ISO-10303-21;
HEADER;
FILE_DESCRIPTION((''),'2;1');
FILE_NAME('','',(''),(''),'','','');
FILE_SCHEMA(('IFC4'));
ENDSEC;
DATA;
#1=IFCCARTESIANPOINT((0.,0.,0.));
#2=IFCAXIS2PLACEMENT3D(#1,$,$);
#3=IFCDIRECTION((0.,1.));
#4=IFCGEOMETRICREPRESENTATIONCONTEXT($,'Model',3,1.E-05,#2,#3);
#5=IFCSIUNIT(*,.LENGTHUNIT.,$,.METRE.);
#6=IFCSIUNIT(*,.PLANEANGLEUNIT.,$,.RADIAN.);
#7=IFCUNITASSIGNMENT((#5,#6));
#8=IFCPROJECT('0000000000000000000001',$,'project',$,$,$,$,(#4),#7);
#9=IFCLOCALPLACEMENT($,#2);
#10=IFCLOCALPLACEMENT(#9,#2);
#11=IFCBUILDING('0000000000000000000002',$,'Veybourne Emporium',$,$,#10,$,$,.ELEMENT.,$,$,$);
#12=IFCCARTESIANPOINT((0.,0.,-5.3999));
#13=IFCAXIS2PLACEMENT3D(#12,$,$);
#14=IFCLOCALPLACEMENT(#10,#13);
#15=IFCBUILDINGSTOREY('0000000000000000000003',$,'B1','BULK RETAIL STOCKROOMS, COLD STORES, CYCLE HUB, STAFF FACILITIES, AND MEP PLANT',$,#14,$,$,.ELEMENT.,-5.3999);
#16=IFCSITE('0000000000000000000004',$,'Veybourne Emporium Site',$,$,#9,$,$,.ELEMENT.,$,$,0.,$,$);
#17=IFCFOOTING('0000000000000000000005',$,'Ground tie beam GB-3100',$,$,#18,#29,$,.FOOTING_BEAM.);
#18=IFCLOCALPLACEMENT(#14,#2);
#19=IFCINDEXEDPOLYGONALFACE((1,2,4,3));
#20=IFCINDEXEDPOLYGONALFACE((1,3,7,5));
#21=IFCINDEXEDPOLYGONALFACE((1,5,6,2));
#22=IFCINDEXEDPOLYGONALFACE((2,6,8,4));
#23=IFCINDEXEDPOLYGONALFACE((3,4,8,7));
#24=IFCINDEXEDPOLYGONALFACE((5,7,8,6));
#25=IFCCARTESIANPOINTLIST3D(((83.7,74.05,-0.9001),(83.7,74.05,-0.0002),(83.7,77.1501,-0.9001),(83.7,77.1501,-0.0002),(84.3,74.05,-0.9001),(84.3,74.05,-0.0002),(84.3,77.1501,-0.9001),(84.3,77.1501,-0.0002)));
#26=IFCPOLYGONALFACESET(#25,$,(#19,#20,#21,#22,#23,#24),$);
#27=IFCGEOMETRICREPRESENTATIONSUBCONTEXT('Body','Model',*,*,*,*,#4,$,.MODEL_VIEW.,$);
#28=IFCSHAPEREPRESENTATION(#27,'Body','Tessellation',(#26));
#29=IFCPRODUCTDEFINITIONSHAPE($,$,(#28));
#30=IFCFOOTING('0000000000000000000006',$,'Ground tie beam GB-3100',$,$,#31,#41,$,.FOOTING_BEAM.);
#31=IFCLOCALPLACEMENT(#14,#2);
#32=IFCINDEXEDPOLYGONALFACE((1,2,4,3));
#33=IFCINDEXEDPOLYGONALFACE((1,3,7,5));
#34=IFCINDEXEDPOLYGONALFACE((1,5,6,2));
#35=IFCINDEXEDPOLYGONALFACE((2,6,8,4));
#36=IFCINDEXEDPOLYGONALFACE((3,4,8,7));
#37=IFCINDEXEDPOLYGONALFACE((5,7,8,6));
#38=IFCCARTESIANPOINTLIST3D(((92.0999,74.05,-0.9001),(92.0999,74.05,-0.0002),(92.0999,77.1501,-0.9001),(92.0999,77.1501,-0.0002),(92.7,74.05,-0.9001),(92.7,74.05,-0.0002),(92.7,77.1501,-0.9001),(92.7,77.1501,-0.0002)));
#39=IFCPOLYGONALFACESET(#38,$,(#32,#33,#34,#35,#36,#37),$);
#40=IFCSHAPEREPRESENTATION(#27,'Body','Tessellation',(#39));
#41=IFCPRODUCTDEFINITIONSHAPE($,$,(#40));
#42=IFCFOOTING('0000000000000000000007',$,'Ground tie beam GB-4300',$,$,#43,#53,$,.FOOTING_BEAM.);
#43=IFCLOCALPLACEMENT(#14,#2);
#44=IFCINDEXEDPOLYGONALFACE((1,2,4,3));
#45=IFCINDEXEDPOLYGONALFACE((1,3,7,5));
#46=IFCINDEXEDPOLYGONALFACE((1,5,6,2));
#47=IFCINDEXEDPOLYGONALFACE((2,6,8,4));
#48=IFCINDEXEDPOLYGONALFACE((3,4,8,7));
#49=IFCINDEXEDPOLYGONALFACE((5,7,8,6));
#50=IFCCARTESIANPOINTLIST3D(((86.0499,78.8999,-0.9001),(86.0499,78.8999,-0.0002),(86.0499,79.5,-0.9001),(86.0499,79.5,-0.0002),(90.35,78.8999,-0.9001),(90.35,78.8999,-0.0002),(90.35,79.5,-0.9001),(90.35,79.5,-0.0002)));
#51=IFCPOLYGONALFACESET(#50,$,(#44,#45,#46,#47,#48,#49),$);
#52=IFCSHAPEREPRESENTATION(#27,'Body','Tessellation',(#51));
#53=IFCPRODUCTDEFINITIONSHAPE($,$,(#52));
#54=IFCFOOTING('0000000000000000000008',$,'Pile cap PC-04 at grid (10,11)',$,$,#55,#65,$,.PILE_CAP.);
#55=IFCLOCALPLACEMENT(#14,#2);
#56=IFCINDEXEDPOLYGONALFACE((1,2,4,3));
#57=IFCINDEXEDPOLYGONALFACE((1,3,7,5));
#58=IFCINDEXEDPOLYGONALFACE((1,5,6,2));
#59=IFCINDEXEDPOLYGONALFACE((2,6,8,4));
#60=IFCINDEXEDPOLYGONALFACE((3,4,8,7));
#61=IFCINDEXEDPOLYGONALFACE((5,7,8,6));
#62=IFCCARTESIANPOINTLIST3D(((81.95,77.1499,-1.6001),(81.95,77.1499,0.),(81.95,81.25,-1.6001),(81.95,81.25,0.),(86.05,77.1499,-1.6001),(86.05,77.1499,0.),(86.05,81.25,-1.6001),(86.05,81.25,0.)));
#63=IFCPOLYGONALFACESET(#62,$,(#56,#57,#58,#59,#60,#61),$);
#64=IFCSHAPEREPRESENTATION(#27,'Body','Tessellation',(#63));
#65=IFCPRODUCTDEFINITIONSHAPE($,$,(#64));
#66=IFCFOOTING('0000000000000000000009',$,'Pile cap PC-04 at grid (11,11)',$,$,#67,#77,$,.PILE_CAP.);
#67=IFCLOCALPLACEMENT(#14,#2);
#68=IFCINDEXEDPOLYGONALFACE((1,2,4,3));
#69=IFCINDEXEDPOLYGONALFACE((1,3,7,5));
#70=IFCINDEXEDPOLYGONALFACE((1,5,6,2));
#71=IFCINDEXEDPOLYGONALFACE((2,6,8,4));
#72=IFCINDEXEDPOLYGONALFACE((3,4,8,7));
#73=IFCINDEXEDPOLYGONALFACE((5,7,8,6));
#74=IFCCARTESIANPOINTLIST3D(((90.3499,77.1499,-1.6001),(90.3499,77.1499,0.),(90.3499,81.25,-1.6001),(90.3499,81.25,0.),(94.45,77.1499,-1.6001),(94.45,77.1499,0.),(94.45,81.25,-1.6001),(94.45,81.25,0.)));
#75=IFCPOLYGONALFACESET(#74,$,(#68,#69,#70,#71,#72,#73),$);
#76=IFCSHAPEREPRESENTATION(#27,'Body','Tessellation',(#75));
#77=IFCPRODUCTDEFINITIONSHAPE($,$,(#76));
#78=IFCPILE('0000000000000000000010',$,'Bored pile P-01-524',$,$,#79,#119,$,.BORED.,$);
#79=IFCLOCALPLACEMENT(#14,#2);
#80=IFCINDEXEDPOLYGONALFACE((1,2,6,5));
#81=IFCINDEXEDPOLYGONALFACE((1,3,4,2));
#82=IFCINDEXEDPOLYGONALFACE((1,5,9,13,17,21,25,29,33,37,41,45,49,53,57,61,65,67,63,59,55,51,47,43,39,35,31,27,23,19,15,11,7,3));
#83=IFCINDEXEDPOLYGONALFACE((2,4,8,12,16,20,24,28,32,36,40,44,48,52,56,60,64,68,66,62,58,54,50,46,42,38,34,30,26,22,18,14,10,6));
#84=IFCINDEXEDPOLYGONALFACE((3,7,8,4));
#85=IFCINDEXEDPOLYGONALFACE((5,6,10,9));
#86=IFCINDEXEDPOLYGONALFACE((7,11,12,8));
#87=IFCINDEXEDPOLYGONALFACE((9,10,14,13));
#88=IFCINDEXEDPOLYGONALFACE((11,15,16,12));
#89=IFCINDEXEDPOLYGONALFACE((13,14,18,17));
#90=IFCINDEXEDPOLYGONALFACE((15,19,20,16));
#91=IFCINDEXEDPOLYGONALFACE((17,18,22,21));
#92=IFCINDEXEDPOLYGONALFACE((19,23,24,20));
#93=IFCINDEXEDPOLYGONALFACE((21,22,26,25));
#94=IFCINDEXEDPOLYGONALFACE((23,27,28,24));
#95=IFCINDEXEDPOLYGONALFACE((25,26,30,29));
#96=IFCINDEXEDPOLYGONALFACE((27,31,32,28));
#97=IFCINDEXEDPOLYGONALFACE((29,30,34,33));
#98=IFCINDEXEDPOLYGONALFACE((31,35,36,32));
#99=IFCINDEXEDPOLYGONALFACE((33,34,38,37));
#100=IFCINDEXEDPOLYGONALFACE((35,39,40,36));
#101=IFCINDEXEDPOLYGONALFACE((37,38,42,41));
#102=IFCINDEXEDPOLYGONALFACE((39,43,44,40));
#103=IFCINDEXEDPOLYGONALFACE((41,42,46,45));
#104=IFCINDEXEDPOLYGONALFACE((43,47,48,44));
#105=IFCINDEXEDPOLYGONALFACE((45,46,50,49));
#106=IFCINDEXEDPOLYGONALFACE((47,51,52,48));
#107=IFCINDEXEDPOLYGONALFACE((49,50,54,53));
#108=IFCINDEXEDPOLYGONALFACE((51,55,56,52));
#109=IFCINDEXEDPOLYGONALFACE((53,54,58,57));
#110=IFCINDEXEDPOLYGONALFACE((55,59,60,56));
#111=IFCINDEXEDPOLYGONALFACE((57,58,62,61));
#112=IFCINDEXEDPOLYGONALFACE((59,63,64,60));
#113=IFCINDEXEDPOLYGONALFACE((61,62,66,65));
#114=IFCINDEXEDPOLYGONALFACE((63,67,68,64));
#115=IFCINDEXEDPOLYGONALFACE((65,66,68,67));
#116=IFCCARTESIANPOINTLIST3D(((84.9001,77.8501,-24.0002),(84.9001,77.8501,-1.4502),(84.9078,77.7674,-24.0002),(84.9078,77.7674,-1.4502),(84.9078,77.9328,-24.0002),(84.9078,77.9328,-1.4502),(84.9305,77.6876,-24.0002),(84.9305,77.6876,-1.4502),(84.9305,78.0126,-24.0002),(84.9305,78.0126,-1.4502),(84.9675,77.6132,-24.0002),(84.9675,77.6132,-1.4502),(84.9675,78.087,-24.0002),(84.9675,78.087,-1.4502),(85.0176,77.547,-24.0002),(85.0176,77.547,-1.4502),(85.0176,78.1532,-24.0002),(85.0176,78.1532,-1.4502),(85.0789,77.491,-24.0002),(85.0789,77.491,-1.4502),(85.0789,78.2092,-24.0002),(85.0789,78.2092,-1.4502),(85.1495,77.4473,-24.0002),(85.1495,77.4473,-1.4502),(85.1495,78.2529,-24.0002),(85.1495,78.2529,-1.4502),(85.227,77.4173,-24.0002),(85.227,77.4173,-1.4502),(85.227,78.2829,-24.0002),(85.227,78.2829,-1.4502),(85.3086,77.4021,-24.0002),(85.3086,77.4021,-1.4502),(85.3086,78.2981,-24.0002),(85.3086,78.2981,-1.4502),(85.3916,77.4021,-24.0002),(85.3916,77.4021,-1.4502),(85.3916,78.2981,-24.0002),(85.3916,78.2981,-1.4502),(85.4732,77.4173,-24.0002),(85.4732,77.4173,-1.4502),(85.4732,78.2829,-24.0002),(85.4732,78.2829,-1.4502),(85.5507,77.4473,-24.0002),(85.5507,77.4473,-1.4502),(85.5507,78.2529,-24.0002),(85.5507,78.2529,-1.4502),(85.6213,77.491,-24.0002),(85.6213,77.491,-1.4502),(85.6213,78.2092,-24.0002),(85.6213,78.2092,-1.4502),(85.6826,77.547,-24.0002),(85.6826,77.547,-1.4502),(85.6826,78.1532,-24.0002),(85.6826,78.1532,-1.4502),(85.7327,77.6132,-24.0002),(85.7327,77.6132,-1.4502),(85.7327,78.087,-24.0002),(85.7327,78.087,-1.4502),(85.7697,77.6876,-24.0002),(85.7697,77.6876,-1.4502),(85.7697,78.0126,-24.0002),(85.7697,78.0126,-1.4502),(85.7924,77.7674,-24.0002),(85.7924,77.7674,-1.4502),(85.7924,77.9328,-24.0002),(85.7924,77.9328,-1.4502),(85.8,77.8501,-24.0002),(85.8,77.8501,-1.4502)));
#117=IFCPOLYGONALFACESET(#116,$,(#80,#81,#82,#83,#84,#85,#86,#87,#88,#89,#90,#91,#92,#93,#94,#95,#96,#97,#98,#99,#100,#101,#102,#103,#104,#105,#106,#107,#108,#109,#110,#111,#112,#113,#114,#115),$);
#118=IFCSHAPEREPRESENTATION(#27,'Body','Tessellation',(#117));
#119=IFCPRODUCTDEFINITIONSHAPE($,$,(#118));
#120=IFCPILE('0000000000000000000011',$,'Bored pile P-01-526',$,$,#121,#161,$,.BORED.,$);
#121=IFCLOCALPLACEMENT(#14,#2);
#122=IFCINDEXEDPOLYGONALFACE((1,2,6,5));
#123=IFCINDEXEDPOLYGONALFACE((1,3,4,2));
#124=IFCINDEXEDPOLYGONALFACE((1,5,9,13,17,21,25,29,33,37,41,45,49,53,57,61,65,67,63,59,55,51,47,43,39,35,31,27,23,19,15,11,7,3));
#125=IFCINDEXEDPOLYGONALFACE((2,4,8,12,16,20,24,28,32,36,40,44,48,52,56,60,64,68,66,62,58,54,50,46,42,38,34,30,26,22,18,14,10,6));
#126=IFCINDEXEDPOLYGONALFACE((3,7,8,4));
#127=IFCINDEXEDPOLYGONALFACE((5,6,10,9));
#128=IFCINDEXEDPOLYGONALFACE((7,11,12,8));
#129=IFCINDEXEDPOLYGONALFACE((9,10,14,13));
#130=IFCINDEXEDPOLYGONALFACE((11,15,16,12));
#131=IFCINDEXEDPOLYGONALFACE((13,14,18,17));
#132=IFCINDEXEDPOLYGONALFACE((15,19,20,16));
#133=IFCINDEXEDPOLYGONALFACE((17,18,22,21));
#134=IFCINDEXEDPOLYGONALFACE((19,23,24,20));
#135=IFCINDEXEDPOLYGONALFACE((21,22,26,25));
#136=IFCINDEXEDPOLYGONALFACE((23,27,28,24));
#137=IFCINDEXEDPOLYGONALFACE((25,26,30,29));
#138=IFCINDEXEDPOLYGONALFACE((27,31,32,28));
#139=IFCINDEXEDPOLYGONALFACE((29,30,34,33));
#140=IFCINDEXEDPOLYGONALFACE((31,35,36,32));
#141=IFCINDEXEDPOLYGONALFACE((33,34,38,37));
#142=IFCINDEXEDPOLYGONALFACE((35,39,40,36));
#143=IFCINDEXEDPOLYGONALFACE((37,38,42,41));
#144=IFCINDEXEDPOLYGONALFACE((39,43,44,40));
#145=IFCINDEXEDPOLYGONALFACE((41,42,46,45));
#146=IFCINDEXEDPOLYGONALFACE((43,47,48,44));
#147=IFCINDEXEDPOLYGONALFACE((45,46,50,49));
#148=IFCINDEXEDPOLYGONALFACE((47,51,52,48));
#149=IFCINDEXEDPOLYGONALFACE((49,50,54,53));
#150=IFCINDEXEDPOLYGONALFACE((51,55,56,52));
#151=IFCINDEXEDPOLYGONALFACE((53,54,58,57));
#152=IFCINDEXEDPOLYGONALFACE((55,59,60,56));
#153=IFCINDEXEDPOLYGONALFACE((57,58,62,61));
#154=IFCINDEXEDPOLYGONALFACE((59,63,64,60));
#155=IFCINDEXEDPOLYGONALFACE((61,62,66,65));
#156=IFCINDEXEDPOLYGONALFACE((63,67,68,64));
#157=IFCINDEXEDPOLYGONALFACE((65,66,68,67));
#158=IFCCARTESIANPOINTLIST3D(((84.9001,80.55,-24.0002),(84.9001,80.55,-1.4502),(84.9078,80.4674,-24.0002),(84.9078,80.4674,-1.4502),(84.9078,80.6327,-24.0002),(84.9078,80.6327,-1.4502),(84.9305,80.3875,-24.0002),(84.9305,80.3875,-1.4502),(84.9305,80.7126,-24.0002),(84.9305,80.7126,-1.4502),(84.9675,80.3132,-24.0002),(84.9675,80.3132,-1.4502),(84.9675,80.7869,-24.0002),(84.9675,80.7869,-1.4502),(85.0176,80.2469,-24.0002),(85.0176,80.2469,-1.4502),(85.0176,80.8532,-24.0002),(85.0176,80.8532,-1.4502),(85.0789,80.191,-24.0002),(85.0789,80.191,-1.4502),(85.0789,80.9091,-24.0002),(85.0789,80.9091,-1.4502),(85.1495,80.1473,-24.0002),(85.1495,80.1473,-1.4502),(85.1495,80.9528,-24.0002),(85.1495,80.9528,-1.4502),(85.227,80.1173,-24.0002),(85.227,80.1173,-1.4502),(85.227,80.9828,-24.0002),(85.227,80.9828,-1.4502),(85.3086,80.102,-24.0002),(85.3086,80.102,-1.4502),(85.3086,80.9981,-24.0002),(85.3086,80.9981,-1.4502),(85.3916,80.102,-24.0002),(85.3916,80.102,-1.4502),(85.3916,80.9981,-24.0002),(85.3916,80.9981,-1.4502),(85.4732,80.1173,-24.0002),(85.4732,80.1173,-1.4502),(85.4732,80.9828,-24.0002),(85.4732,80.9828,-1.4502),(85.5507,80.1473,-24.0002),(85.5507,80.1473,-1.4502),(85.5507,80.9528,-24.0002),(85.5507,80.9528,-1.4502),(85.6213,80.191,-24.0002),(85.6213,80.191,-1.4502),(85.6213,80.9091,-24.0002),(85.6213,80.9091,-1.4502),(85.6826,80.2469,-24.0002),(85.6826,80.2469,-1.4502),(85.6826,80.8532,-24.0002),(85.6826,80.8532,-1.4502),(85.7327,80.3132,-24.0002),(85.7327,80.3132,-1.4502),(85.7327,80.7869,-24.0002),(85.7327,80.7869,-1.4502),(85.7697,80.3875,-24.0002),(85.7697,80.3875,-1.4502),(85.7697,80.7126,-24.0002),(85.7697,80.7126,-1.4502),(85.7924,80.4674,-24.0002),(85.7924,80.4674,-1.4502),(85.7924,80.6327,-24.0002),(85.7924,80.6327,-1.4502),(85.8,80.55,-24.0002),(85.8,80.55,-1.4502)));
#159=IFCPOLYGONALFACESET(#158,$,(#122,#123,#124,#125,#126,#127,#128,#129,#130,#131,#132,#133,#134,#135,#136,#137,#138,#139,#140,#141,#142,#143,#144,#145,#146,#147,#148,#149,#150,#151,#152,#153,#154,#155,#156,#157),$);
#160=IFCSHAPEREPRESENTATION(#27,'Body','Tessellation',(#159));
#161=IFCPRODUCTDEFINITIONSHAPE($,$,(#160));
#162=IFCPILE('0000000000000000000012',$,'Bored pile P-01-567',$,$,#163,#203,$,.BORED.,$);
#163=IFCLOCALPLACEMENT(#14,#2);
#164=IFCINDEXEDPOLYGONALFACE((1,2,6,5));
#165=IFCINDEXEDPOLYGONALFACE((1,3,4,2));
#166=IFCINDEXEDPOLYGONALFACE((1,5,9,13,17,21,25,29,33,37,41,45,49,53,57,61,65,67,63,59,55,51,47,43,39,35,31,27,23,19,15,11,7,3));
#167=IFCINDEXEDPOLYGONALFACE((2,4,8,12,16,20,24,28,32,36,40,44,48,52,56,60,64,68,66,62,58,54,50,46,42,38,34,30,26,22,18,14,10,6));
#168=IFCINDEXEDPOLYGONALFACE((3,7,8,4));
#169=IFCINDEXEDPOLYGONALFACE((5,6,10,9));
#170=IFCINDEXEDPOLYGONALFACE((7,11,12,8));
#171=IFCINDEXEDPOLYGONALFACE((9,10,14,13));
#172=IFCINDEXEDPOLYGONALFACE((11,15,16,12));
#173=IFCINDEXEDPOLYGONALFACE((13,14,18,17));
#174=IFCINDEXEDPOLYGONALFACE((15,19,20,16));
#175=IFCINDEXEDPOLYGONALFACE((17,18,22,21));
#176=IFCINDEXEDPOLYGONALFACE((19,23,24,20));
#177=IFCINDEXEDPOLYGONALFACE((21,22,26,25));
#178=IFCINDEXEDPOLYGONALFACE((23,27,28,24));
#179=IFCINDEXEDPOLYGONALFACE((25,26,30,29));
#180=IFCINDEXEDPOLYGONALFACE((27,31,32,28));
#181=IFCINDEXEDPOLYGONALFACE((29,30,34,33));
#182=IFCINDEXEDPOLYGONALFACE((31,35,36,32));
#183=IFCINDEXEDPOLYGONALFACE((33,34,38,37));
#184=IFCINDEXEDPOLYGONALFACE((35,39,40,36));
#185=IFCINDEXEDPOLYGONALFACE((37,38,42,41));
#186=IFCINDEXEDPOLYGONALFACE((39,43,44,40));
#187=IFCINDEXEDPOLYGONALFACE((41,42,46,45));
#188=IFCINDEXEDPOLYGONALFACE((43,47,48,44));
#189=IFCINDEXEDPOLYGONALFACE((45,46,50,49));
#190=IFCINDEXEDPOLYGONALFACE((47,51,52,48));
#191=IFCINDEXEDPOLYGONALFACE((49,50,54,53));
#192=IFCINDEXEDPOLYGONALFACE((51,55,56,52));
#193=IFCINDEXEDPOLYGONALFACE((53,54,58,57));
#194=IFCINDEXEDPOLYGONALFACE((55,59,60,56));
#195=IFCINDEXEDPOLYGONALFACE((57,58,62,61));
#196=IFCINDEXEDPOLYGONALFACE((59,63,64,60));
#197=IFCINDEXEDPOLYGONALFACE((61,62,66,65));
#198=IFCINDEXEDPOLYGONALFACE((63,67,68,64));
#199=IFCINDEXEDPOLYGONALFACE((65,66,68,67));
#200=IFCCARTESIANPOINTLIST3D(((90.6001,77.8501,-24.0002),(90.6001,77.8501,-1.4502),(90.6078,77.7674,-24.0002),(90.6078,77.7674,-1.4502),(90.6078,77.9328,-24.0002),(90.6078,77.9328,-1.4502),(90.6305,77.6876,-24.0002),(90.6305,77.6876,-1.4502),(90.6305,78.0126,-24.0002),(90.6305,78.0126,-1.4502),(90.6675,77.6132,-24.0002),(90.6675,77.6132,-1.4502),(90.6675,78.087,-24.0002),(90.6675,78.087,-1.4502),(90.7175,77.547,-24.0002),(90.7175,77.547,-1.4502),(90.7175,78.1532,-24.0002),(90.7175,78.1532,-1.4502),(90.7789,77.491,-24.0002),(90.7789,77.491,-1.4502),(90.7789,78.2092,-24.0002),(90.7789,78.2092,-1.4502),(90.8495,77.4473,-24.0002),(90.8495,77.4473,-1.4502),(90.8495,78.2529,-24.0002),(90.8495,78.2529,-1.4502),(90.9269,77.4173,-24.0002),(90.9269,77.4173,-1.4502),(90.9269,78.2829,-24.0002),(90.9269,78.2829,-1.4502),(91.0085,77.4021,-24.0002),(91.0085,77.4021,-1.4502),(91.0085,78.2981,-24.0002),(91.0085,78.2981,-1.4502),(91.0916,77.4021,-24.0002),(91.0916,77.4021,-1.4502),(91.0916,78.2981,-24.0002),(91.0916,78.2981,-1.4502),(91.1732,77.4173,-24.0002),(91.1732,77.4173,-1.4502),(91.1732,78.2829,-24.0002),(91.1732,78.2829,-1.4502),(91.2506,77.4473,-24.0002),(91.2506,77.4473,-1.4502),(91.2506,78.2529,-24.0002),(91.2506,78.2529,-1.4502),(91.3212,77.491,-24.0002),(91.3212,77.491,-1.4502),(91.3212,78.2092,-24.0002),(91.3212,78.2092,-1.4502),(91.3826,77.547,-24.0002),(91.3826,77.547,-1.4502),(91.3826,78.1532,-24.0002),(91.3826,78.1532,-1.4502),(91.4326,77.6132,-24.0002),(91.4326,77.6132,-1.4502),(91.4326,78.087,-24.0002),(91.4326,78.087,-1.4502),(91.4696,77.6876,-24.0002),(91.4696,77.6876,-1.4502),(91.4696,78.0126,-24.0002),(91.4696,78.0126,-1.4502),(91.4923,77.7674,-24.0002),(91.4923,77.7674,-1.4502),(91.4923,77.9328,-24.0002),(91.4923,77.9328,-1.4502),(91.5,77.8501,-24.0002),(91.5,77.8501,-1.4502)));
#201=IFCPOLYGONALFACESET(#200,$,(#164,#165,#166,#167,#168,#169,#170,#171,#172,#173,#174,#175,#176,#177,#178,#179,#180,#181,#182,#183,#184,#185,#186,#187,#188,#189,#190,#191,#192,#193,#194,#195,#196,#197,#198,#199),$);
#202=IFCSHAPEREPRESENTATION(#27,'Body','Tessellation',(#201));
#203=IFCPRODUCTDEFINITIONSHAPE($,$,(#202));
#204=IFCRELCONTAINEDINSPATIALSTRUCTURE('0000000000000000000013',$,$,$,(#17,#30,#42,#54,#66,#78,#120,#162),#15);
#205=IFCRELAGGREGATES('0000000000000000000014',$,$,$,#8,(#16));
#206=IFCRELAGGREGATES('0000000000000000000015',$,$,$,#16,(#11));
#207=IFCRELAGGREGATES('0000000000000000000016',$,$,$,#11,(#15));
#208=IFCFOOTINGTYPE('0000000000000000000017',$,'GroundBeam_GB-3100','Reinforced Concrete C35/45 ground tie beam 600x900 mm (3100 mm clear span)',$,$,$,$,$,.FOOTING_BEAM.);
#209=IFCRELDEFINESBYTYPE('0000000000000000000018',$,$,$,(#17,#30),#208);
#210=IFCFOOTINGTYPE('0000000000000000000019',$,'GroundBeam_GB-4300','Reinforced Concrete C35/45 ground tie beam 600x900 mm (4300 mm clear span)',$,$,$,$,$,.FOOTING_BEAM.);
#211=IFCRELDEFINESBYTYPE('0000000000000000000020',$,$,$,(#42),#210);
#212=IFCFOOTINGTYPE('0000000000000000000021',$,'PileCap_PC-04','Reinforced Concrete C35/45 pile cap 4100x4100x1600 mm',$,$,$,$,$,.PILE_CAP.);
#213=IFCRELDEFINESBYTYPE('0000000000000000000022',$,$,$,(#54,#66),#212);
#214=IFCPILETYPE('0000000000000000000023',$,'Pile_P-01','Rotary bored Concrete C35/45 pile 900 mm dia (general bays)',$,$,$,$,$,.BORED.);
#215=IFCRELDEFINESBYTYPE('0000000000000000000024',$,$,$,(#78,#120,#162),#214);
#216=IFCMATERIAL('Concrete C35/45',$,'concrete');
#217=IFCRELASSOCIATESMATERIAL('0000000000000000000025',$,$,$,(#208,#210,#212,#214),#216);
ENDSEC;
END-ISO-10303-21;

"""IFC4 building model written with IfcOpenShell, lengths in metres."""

from ifc_helpers import new_model, si_unit, direction, frame, origin, origin_2d, place, context, subcontext, project, spatial, rectangle, circle, extrude, material, material_profile, profile_set, type_object, element, save


model = new_model("IFC4")

# Units and contexts
model_context = context("Model", 3, precision=1e-05, world=origin(), true_north=direction((0.0, 1.0)))
body_context = subcontext(model_context, "Body", "Model", "MODEL_VIEW")
ifc_project = project(units=[si_unit("LENGTHUNIT", "METRE"), si_unit("PLANEANGLEUNIT", "RADIAN")], contexts=[model_context])

# Site, building, storey
site_placement = place(None, origin())
site = spatial("IfcSite", under=ifc_project, at=site_placement, Name="Veybourne Emporium Site", CompositionType="ELEMENT", RefElevation=0.0)
building_placement = place(site_placement, origin())
building = spatial("IfcBuilding", under=site, at=building_placement, Name="Veybourne Emporium", CompositionType="ELEMENT")
storey_placement = place(building_placement, frame((0.0, 0.0, -5.3999)))
storey = spatial("IfcBuildingStorey", under=building, at=storey_placement, Name="B1", Description="BULK RETAIL STOCKROOMS, COLD STORES, CYCLE HUB, STAFF FACILITIES, AND MEP PLANT", CompositionType="ELEMENT", Elevation=-5.3999)

# Footings
ifc_material_1 = material(Name="Concrete C35/45", Category="concrete")
footing_type_1 = type_object("IfcFootingType", Name="GroundBeam_GB-3100", Description="Reinforced Concrete C35/45 ground tie beam 600x900 mm (3100 mm clear span)", PredefinedType="FOOTING_BEAM", material=ifc_material_1)
for number, where, z_axis, x_axis, name in (
    (1, (84.0, 75.6001, -0.9001), (0.0, 0.0, 1.0), (0.0, 1.0, 0.0), "Ground tie beam GB-3100"),
    (2, (92.3999, 75.6001, -0.9001), (0.0, 0.0, 1.0), (0.0, 1.0, 0.0), "Ground tie beam GB-3100"),
):
    element("IfcFooting", number, at=place(storey_placement, frame(where, z_axis=z_axis, x_axis=x_axis)), inside=storey, type_object=footing_type_1, Name=name, PredefinedType="FOOTING_BEAM", context=body_context, shape_type="SweptSolid", body=[
        extrude(rectangle(XDim=3.1001, YDim=0.6001, at=origin_2d()), origin(), (0.0, 0.0, 1.0), 0.8999),
    ])
footing_type_2 = type_object("IfcFootingType", Name="GroundBeam_GB-4300", Description="Reinforced Concrete C35/45 ground tie beam 600x900 mm (4300 mm clear span)", PredefinedType="FOOTING_BEAM", material=ifc_material_1)
footing_placement = place(storey_placement, frame((88.2, 79.2, -0.9001), z_axis=(0.0, 0.0, 1.0), x_axis=(1.0, 0.0, 0.0)))
element("IfcFooting", 3, at=footing_placement, inside=storey, type_object=footing_type_2, Name="Ground tie beam GB-4300", PredefinedType="FOOTING_BEAM", context=body_context, shape_type="SweptSolid", body=[
    extrude(rectangle(XDim=4.3, YDim=0.6001, at=origin_2d()), origin(), (0.0, 0.0, 1.0), 0.8999),
])
footing_type_3 = type_object("IfcFootingType", Name="PileCap_PC-04", Description="Reinforced Concrete C35/45 pile cap 4100x4100x1600 mm", PredefinedType="PILE_CAP", material=ifc_material_1)
for number, where, z_axis, x_axis, name in (
    (4, (84.0, 79.2, -1.6001), (0.0, 0.0, 1.0), (1.0, 0.0, 0.0), "Pile cap PC-04 at grid (10,11)"),
    (5, (92.3999, 79.2, -1.6001), (0.0, 0.0, 1.0), (1.0, 0.0, 0.0), "Pile cap PC-04 at grid (11,11)"),
):
    element("IfcFooting", number, at=place(storey_placement, frame(where, z_axis=z_axis, x_axis=x_axis)), inside=storey, type_object=footing_type_3, Name=name, PredefinedType="PILE_CAP", context=body_context, shape_type="SweptSolid", body=[
        extrude(rectangle(XDim=4.1001, YDim=4.1001, at=origin_2d()), origin(), (0.0, 0.0, 1.0), 1.6001),
    ])

# Piles
ifc_material_profile_1 = material_profile(ifc_material_1, circle(Radius=0.45, at=origin_2d()), Name="BORED PILE 900")
ifc_profile_set_1 = profile_set([ifc_material_profile_1], Name="Concrete C35/45")
pile_type = type_object("IfcPileType", Name="Pile_P-01", Description="Rotary bored Concrete C35/45 pile 900 mm dia (general bays)", PredefinedType="BORED", material=ifc_profile_set_1)
for number, where, z_axis, x_axis, name in (
    (6, (85.3501, 77.8501, -1.4502), (0.0, 0.0, -1.0), (1.0, 0.0, 0.0), "Bored pile P-01-524"),
    (7, (85.3501, 80.55, -1.4502), (0.0, 0.0, -1.0), (1.0, 0.0, 0.0), "Bored pile P-01-526"),
    (8, (91.05, 77.8501, -1.4502), (0.0, 0.0, -1.0), (1.0, 0.0, 0.0), "Bored pile P-01-567"),
):
    element("IfcPile", number, at=place(storey_placement, frame(where, z_axis=z_axis, x_axis=x_axis)), inside=storey, type_object=pile_type, Name=name, PredefinedType="BORED", context=body_context, shape_type="SweptSolid", body=[
        extrude(circle(Radius=0.45, at=origin_2d()), origin(), (0.0, 0.0, 1.0), 22.55),
    ])

save(model, "model.ifc")
